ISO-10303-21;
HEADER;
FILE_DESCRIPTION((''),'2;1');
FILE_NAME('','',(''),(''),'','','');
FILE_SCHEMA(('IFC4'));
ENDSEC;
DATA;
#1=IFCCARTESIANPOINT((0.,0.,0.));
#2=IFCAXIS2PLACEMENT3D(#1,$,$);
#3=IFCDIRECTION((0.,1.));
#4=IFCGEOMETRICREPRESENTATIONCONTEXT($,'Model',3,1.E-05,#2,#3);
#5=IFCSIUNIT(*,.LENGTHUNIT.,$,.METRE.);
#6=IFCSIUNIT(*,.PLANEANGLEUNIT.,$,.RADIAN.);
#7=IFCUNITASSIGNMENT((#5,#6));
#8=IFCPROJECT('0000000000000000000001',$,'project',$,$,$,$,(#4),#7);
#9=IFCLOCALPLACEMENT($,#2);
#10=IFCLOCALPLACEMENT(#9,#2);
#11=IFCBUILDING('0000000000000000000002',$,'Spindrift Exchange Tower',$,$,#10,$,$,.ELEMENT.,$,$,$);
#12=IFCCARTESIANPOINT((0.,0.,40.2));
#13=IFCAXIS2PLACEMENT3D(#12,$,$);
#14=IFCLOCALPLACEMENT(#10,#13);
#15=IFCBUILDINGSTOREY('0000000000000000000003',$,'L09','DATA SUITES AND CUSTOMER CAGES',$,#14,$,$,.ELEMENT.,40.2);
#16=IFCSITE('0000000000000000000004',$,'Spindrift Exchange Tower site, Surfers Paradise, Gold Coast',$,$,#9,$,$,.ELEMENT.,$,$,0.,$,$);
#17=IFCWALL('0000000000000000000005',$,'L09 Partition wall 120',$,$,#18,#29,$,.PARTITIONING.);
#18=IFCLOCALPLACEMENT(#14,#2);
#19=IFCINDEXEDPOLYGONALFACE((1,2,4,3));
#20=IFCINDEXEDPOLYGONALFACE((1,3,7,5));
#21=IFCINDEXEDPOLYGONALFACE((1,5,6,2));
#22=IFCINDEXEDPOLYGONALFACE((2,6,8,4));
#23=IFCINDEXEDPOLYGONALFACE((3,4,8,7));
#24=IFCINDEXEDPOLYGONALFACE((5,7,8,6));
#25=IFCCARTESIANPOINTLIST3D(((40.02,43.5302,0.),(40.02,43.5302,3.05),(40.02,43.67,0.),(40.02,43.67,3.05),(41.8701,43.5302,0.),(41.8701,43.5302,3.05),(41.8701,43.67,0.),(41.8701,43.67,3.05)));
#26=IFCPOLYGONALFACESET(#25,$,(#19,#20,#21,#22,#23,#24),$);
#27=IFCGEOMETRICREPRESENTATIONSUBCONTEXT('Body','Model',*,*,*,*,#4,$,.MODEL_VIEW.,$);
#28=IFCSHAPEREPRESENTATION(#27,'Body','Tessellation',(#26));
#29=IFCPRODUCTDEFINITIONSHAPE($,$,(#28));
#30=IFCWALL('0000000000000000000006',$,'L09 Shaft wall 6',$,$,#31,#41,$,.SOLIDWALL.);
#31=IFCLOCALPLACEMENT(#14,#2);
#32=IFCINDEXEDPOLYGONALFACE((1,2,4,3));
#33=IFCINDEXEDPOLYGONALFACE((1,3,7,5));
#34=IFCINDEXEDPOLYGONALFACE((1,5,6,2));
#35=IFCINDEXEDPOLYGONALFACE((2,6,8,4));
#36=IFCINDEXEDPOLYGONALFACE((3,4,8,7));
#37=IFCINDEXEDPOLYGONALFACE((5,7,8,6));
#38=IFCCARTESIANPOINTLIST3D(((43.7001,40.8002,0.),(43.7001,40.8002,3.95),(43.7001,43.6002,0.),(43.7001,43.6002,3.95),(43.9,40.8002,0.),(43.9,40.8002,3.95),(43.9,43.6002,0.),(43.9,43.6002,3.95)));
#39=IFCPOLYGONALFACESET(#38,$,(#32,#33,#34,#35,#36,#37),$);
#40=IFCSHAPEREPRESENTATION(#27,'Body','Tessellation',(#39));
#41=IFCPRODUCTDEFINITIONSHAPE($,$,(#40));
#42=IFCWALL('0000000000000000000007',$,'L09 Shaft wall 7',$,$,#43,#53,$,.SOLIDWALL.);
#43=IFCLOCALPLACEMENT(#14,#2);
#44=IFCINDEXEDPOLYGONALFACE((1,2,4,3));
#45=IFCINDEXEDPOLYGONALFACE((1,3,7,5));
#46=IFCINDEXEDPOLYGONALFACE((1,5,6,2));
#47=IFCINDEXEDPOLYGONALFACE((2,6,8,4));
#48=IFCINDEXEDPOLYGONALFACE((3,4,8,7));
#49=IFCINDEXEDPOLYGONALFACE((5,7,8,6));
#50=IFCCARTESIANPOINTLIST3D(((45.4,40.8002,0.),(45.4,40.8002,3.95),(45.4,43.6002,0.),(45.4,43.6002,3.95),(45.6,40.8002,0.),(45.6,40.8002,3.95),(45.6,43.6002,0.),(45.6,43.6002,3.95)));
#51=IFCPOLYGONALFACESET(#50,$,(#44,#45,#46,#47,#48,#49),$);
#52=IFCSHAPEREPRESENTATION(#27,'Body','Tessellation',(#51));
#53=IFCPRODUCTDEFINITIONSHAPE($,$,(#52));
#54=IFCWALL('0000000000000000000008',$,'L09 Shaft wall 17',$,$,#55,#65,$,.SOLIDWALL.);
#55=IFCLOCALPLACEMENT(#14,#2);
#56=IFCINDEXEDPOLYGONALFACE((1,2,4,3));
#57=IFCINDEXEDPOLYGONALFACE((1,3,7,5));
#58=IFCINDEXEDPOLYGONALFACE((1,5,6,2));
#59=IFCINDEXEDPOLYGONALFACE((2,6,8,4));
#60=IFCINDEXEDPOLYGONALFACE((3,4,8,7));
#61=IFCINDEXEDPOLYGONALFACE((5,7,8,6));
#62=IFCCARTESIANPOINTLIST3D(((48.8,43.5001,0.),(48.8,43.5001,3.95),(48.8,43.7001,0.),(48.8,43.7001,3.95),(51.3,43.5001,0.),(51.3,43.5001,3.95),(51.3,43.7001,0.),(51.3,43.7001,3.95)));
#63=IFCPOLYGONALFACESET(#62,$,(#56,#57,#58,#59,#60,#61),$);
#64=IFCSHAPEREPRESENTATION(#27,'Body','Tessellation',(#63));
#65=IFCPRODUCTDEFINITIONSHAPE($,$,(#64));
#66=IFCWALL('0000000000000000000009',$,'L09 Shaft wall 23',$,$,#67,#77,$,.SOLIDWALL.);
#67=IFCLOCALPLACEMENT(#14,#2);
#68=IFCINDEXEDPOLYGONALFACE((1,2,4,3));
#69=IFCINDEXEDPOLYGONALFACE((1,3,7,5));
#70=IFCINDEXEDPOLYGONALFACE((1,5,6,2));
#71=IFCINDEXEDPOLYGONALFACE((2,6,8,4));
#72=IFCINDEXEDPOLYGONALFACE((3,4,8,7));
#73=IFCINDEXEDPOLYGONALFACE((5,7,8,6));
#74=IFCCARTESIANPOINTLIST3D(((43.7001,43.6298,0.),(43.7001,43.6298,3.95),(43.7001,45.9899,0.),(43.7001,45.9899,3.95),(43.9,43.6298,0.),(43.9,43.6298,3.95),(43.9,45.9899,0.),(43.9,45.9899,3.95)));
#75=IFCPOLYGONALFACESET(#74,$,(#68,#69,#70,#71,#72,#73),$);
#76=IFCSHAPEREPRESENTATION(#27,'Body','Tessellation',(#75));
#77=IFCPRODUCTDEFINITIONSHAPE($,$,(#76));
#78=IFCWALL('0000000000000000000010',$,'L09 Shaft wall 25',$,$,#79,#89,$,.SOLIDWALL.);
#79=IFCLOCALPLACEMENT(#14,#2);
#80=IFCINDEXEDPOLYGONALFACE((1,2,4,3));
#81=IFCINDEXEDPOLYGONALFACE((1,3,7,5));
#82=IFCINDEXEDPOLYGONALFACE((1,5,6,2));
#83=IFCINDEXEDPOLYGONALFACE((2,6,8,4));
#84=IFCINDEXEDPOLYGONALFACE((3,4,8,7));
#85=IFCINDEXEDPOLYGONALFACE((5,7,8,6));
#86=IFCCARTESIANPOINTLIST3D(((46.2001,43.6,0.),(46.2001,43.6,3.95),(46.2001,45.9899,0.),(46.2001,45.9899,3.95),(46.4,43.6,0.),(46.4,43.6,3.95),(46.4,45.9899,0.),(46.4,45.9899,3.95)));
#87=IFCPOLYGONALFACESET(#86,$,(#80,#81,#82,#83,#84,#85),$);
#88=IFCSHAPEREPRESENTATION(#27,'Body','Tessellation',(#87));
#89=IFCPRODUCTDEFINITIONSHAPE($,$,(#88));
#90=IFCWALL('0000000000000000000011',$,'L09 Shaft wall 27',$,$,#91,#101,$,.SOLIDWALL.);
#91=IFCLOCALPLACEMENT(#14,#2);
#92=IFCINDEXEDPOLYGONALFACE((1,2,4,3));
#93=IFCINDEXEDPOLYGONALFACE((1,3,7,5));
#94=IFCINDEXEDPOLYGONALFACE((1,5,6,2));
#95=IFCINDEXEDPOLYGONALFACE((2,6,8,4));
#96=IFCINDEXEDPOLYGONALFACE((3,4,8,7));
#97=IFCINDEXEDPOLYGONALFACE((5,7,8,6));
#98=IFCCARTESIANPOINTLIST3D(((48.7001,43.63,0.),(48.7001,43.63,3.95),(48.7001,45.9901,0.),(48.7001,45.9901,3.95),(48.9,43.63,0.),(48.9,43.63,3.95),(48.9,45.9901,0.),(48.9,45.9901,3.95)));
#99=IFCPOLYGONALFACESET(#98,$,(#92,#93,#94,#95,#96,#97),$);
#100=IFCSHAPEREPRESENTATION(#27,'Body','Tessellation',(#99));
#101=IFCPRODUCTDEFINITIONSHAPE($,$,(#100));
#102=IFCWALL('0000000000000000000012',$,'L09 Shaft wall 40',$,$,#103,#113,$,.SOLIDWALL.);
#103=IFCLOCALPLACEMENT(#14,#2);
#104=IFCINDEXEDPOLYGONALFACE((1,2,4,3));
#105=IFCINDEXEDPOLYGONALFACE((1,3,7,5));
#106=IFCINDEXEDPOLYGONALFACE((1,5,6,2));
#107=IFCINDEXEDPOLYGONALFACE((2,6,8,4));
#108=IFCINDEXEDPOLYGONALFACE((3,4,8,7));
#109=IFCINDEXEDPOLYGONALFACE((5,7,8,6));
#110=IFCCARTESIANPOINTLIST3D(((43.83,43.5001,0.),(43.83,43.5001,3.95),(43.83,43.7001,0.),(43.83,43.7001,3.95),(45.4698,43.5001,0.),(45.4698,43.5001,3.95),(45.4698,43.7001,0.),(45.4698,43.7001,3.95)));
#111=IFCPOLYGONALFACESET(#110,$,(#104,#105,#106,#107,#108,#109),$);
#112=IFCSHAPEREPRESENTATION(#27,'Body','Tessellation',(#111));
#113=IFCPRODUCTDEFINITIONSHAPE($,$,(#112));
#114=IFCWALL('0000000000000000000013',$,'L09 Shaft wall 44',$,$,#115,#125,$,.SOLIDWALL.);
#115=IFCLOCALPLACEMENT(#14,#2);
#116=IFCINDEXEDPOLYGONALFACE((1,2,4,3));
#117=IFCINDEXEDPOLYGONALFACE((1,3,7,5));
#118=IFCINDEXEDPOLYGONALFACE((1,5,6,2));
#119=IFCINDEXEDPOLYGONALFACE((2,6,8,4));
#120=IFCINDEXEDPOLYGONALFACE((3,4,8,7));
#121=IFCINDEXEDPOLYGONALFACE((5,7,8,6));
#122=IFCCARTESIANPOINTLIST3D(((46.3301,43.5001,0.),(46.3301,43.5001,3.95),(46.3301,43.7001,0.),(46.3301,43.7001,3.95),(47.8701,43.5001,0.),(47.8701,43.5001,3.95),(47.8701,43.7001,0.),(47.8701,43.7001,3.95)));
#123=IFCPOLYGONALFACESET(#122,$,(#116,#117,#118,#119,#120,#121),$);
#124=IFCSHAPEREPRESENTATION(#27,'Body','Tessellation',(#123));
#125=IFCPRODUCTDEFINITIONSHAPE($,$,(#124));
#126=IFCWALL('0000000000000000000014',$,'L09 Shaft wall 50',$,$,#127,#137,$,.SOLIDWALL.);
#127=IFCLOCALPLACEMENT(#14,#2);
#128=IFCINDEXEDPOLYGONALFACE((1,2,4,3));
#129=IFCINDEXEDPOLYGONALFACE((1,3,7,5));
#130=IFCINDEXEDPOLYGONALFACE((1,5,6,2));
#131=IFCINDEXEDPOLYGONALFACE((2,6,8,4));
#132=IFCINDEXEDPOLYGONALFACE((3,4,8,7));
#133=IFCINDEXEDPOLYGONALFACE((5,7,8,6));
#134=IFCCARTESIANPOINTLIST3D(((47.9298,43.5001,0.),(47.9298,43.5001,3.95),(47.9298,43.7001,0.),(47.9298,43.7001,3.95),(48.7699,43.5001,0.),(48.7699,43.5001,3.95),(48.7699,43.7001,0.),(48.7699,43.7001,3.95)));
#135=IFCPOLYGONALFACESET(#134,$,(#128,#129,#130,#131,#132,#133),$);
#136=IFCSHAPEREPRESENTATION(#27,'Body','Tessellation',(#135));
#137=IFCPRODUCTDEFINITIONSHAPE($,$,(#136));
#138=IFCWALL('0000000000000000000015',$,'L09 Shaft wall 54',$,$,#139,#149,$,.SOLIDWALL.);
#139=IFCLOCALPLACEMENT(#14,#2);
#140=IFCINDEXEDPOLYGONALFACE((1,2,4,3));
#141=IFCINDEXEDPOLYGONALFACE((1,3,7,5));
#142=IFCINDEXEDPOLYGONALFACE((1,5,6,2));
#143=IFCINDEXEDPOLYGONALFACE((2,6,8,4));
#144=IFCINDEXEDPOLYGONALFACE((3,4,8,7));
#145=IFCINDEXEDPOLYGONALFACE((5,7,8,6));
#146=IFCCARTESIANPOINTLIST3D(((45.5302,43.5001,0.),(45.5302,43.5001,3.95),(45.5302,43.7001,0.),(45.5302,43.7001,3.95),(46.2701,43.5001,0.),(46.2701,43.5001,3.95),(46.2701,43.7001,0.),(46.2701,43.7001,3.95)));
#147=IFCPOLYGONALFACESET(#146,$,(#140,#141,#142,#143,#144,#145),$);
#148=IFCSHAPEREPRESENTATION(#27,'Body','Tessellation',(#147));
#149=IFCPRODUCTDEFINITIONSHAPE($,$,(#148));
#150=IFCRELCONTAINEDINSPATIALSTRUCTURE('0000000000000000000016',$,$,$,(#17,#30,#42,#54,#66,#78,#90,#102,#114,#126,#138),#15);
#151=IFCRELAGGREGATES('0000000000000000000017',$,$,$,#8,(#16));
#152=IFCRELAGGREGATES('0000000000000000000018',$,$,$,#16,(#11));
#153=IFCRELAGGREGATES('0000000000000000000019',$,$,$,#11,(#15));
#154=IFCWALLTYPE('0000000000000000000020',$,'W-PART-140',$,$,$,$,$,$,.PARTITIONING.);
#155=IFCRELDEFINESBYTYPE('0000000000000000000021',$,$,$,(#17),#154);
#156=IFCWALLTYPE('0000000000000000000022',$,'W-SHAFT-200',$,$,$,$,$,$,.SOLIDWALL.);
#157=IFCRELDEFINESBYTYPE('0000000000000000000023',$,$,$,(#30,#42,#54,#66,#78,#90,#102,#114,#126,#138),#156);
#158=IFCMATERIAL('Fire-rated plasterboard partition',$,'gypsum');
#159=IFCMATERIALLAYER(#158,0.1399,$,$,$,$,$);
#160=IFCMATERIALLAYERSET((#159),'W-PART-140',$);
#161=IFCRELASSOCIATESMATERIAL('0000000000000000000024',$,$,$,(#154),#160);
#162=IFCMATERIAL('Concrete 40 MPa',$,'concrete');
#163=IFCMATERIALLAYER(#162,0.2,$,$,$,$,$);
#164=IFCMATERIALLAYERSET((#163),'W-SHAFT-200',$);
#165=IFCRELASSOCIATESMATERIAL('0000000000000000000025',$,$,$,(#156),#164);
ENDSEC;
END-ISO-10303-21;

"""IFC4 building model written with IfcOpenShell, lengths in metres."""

from ifc_helpers import new_model, si_unit, direction, frame, frame_2d, origin, place, context, subcontext, project, spatial, rectangle, extrude, material, layer, layer_set, type_object, element, save


model = new_model("IFC4")

# Units and contexts
model_context = context("Model", 3, precision=1e-05, world=origin(), true_north=direction((0.0, 1.0)))
body_context = subcontext(model_context, "Body", "Model", "MODEL_VIEW")
ifc_project = project(units=[si_unit("LENGTHUNIT", "METRE"), si_unit("PLANEANGLEUNIT", "RADIAN")], contexts=[model_context])

# Site, building, storey
site_placement = place(None, origin())
site = spatial("IfcSite", under=ifc_project, at=site_placement, Name="Spindrift Exchange Tower site, Surfers Paradise, Gold Coast", CompositionType="ELEMENT", RefElevation=0.0)
building_placement = place(site_placement, origin())
building = spatial("IfcBuilding", under=site, at=building_placement, Name="Spindrift Exchange Tower", CompositionType="ELEMENT")
storey_placement = place(building_placement, frame((0.0, 0.0, 40.2)))
storey = spatial("IfcBuildingStorey", under=building, at=storey_placement, Name="L09", Description="DATA SUITES AND CUSTOMER CAGES", CompositionType="ELEMENT", Elevation=40.2)

# Walls
ifc_material_1 = material(Name="Fire-rated plasterboard partition", Category="gypsum")
ifc_layer_1 = layer(ifc_material_1, 0.1399)
ifc_layer_set_1 = layer_set([ifc_layer_1], Name="W-PART-140")
wall_type_1 = type_object("IfcWallType", Name="W-PART-140", PredefinedType="PARTITIONING", material=ifc_layer_set_1)
wall_1_placement = place(storey_placement, frame((41.8701, 43.6001, 0.0), z_axis=(0.0, 0.0, 1.0), x_axis=(-1.0, 0.0, 0.0)))
element("IfcWall", 1, at=wall_1_placement, inside=storey, type_object=wall_type_1, Name="L09 Partition wall 120", PredefinedType="PARTITIONING", context=body_context, shape_type="SweptSolid", body=[
    extrude(rectangle(XDim=1.8501, YDim=0.1399, at=frame_2d((0.925, 0.0))), origin(), (0.0, 0.0, 1.0), 3.05),
])
ifc_material_2 = material(Name="Concrete 40 MPa", Category="concrete")
ifc_layer_2 = layer(ifc_material_2, 0.2)
ifc_layer_set_2 = layer_set([ifc_layer_2], Name="W-SHAFT-200")
wall_type_2 = type_object("IfcWallType", Name="W-SHAFT-200", PredefinedType="SOLIDWALL", material=ifc_layer_set_2)
for number, where, z_axis, x_axis, name in (
    (2, (43.8, 43.6001, 0.0), (0.0, 0.0, 1.0), (0.0, -1.0, 0.0), "L09 Shaft wall 6"),
    (3, (45.5, 43.6001, 0.0), (0.0, 0.0, 1.0), (0.0, -1.0, 0.0), "L09 Shaft wall 7"),
):
    element("IfcWall", number, at=place(storey_placement, frame(where, z_axis=z_axis, x_axis=x_axis)), inside=storey, type_object=wall_type_2, Name=name, PredefinedType="SOLIDWALL", context=body_context, shape_type="SweptSolid", body=[
        extrude(rectangle(XDim=2.8, YDim=0.2, at=frame_2d((1.3999, 0.0))), origin(), (0.0, 0.0, 1.0), 3.95),
    ])
wall_2_placement = place(storey_placement, frame((48.8, 43.6001, 0.0), z_axis=(0.0, 0.0, 1.0), x_axis=(1.0, 0.0, 0.0)))
element("IfcWall", 4, at=wall_2_placement, inside=storey, type_object=wall_type_2, Name="L09 Shaft wall 17", PredefinedType="SOLIDWALL", context=body_context, shape_type="SweptSolid", body=[
    extrude(rectangle(XDim=2.5, YDim=0.2, at=frame_2d((1.25, 0.0))), origin(), (0.0, 0.0, 1.0), 3.95),
])
wall_3_placement = place(storey_placement, frame((43.8, 45.99, 0.0), z_axis=(0.0, 0.0, 1.0), x_axis=(0.0, -1.0, 0.0)))
element("IfcWall", 5, at=wall_3_placement, inside=storey, type_object=wall_type_2, Name="L09 Shaft wall 23", PredefinedType="SOLIDWALL", context=body_context, shape_type="SweptSolid", body=[
    extrude(rectangle(XDim=2.3601, YDim=0.2, at=frame_2d((1.1802, 0.0))), origin(), (0.0, 0.0, 1.0), 3.95),
])
wall_4_placement = place(storey_placement, frame((46.3, 43.6001, 0.0), z_axis=(0.0, 0.0, 1.0), x_axis=(0.0, 1.0, 0.0)))
element("IfcWall", 6, at=wall_4_placement, inside=storey, type_object=wall_type_2, Name="L09 Shaft wall 25", PredefinedType="SOLIDWALL", context=body_context, shape_type="SweptSolid", body=[
    extrude(rectangle(XDim=2.3899, YDim=0.2, at=frame_2d((1.1948, 0.0))), origin(), (0.0, 0.0, 1.0), 3.95),
])
wall_5_placement = place(storey_placement, frame((48.8, 43.6299, 0.0), z_axis=(0.0, 0.0, 1.0), x_axis=(0.0, 1.0, 0.0)))
element("IfcWall", 7, at=wall_5_placement, inside=storey, type_object=wall_type_2, Name="L09 Shaft wall 27", PredefinedType="SOLIDWALL", context=body_context, shape_type="SweptSolid", body=[
    extrude(rectangle(XDim=2.3601, YDim=0.2, at=frame_2d((1.1802, 0.0))), origin(), (0.0, 0.0, 1.0), 3.95),
])
wall_6_placement = place(storey_placement, frame((43.8301, 43.6001, 0.0), z_axis=(0.0, 0.0, 1.0), x_axis=(1.0, 0.0, 0.0)))
element("IfcWall", 8, at=wall_6_placement, inside=storey, type_object=wall_type_2, Name="L09 Shaft wall 40", PredefinedType="SOLIDWALL", context=body_context, shape_type="SweptSolid", body=[
    extrude(rectangle(XDim=1.6399, YDim=0.2, at=frame_2d((0.8198, 0.0))), origin(), (0.0, 0.0, 1.0), 3.95),
])
wall_7_placement = place(storey_placement, frame((46.3301, 43.6001, 0.0), z_axis=(0.0, 0.0, 1.0), x_axis=(1.0, 0.0, 0.0)))
element("IfcWall", 9, at=wall_7_placement, inside=storey, type_object=wall_type_2, Name="L09 Shaft wall 44", PredefinedType="SOLIDWALL", context=body_context, shape_type="SweptSolid", body=[
    extrude(rectangle(XDim=1.54, YDim=0.2, at=frame_2d((0.77, 0.0))), origin(), (0.0, 0.0, 1.0), 3.95),
])
wall_8_placement = place(storey_placement, frame((47.9299, 43.6001, 0.0), z_axis=(0.0, 0.0, 1.0), x_axis=(1.0, 0.0, 0.0)))
element("IfcWall", 10, at=wall_8_placement, inside=storey, type_object=wall_type_2, Name="L09 Shaft wall 50", PredefinedType="SOLIDWALL", context=body_context, shape_type="SweptSolid", body=[
    extrude(rectangle(XDim=0.8401, YDim=0.2, at=frame_2d((0.4199, 0.0))), origin(), (0.0, 0.0, 1.0), 3.95),
])
wall_9_placement = place(storey_placement, frame((45.53, 43.6001, 0.0), z_axis=(0.0, 0.0, 1.0), x_axis=(1.0, 0.0, 0.0)))
element("IfcWall", 11, at=wall_9_placement, inside=storey, type_object=wall_type_2, Name="L09 Shaft wall 54", PredefinedType="SOLIDWALL", context=body_context, shape_type="SweptSolid", body=[
    extrude(rectangle(XDim=0.74, YDim=0.2, at=frame_2d((0.3701, 0.0))), origin(), (0.0, 0.0, 1.0), 3.95),
])

save(model, "model.ifc")
